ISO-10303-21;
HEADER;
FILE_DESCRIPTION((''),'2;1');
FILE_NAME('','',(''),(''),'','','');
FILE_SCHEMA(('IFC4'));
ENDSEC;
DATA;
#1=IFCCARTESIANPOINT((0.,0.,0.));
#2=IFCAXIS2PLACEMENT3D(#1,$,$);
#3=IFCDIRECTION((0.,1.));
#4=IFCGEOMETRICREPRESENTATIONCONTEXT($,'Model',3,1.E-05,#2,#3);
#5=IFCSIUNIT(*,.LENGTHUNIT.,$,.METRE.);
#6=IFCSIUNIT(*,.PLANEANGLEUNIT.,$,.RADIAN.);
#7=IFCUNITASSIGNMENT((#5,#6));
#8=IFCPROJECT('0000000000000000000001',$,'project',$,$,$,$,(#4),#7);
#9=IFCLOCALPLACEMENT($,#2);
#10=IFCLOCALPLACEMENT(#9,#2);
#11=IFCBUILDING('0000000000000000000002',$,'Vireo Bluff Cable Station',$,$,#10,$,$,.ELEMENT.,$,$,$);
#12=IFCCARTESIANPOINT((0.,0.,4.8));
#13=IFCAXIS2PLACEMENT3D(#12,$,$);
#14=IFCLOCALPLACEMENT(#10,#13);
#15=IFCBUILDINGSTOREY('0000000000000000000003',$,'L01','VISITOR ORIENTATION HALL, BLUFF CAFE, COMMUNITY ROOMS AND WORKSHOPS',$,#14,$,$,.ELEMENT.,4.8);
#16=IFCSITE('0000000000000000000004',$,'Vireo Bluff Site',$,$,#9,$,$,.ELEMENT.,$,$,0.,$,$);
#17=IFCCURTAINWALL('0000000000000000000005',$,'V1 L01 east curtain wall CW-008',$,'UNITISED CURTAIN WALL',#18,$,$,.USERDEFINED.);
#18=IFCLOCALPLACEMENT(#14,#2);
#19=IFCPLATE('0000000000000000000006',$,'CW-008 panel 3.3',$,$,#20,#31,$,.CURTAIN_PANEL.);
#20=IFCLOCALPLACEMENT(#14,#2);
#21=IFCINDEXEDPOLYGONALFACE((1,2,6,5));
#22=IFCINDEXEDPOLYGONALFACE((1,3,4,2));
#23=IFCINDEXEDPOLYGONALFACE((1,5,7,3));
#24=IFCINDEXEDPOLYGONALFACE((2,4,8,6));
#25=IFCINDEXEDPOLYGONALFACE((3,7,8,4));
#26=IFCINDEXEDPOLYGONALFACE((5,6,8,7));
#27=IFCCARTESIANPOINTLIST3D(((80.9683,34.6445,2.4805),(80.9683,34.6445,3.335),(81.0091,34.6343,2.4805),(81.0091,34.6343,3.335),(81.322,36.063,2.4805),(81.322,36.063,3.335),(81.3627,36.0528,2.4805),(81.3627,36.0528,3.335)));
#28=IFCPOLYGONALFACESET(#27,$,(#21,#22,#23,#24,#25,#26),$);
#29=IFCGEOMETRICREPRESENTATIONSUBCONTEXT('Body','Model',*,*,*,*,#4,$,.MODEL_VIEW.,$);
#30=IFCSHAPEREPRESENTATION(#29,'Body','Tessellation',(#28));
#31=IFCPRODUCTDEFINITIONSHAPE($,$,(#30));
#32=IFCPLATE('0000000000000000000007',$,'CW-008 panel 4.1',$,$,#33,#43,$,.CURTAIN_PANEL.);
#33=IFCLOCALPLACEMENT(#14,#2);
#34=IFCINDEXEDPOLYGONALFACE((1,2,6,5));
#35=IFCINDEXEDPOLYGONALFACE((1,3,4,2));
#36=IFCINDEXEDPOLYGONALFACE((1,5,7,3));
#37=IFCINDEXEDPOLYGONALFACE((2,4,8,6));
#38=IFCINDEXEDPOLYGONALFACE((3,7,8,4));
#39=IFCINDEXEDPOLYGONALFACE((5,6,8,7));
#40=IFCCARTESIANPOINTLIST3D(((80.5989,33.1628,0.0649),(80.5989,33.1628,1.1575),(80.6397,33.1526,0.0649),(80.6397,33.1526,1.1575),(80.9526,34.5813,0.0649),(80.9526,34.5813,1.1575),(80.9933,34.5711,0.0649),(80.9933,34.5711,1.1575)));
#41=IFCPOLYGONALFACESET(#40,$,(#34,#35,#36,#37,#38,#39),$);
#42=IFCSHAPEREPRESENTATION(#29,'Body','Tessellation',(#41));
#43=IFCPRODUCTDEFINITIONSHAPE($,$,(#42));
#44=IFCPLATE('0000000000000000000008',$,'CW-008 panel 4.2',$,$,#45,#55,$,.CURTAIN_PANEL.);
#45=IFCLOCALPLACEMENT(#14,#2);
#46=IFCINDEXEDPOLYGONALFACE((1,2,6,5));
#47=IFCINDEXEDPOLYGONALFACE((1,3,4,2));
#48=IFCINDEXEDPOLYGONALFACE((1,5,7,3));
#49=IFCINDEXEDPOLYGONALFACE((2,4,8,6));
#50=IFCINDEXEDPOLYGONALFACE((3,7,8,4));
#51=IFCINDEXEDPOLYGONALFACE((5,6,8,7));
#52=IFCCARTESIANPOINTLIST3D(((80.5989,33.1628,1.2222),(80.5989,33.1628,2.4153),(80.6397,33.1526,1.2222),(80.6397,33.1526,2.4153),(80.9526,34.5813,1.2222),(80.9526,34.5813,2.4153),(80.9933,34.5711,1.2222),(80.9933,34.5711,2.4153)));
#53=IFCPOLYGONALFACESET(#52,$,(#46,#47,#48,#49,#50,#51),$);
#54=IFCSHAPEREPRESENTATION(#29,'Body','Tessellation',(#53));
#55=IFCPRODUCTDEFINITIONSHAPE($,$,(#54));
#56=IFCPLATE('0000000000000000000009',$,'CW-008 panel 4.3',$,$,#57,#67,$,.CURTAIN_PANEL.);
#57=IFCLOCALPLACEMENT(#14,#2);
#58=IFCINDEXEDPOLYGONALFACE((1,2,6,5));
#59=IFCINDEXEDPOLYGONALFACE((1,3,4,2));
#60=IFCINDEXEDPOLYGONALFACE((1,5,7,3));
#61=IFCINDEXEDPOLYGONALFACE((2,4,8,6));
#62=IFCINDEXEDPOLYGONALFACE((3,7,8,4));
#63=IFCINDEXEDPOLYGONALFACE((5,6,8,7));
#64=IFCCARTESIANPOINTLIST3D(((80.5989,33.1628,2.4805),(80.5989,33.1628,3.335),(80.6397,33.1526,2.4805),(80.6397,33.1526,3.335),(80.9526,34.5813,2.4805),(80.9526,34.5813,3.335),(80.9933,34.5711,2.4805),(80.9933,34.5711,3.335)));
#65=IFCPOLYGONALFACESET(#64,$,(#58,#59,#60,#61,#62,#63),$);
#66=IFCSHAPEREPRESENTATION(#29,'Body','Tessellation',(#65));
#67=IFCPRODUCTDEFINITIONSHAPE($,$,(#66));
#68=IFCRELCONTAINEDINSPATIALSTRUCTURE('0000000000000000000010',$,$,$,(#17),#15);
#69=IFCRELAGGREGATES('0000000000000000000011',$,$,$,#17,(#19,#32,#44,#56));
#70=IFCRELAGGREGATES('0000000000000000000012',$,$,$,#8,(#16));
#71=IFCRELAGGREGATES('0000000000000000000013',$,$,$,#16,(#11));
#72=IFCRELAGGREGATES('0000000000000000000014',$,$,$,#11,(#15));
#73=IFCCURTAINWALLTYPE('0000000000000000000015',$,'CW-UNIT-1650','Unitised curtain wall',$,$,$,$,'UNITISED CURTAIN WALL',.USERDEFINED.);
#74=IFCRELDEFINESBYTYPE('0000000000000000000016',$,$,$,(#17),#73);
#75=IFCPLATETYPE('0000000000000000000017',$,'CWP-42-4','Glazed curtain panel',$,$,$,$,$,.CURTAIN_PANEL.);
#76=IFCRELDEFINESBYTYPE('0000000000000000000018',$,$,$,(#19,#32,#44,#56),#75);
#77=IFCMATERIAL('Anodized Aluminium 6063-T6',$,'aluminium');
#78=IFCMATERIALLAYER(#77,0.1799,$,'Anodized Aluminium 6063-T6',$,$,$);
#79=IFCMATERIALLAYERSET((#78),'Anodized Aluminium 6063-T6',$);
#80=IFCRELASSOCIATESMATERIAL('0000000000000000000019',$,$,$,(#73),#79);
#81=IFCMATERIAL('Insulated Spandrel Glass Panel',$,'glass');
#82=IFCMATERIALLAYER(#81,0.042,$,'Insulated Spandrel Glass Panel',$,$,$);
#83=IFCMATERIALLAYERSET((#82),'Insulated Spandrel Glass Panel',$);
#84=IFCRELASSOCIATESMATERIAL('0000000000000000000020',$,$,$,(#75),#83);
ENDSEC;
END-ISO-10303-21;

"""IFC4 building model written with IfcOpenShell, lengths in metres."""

from ifc_helpers import new_model, si_unit, direction, frame, origin, origin_2d, place, context, subcontext, project, spatial, rectangle, extrude, material, layer, layer_set, type_object, element, aggregate, save


model = new_model("IFC4")

# Units and contexts
model_context = context("Model", 3, precision=1e-05, world=origin(), true_north=direction((0.0, 1.0)))
body_context = subcontext(model_context, "Body", "Model", "MODEL_VIEW")
ifc_project = project(units=[si_unit("LENGTHUNIT", "METRE"), si_unit("PLANEANGLEUNIT", "RADIAN")], contexts=[model_context])

# Site, building, storey
site_placement = place(None, origin())
site = spatial("IfcSite", under=ifc_project, at=site_placement, Name="Vireo Bluff Site", CompositionType="ELEMENT", RefElevation=0.0)
building_placement = place(site_placement, origin())
building = spatial("IfcBuilding", under=site, at=building_placement, Name="Vireo Bluff Cable Station", CompositionType="ELEMENT")
storey_placement = place(building_placement, frame((0.0, 0.0, 4.8)))
storey = spatial("IfcBuildingStorey", under=building, at=storey_placement, Name="L01", Description="VISITOR ORIENTATION HALL, BLUFF CAFE, COMMUNITY ROOMS AND WORKSHOPS", CompositionType="ELEMENT", Elevation=4.8)

# Curtain wall
ifc_material_1 = material(Name="Anodized Aluminium 6063-T6", Category="aluminium")
ifc_layer_1 = layer(ifc_material_1, 0.1799, Name="Anodized Aluminium 6063-T6")
ifc_layer_set_1 = layer_set([ifc_layer_1], Name="Anodized Aluminium 6063-T6")
curtain_wall_type = type_object("IfcCurtainWallType", Name="CW-UNIT-1650", Description="Unitised curtain wall", ElementType="UNITISED CURTAIN WALL", PredefinedType="USERDEFINED", material=ifc_layer_set_1)
curtain_wall_placement = place(storey_placement, origin())
curtain_wall = element("IfcCurtainWall", 1, at=curtain_wall_placement, inside=storey, type_object=curtain_wall_type, Name="V1 L01 east curtain wall CW-008", ObjectType="UNITISED CURTAIN WALL", PredefinedType="USERDEFINED")

# Plates
ifc_material_2 = material(Name="Insulated Spandrel Glass Panel", Category="glass")
ifc_layer_2 = layer(ifc_material_2, 0.042, Name="Insulated Spandrel Glass Panel")
ifc_layer_set_2 = layer_set([ifc_layer_2], Name="Insulated Spandrel Glass Panel")
plate_type = type_object("IfcPlateType", Name="CWP-42-4", Description="Glazed curtain panel", PredefinedType="CURTAIN_PANEL", material=ifc_layer_set_2)
plate_1_placement = place(storey_placement, frame((81.1655, 35.3486, 2.4805), z_axis=(0.0, 0.0, 1.0), x_axis=(-0.241922, -0.970296, 0.0)))
plate_1 = element("IfcPlate", 2, at=plate_1_placement, type_object=plate_type, Name="CW-008 panel 3.3", PredefinedType="CURTAIN_PANEL", context=body_context, shape_type="SweptSolid", body=[
    extrude(rectangle(XDim=1.4619, YDim=0.042, at=origin_2d()), origin(), (0.0, 0.0, 1.0), 0.8545),
])
plate_2_placement = place(storey_placement, frame((80.7961, 33.8669, 0.0649), z_axis=(0.0, 0.0, 1.0), x_axis=(-0.241922, -0.970296, 0.0)))
plate_2 = element("IfcPlate", 3, at=plate_2_placement, type_object=plate_type, Name="CW-008 panel 4.1", PredefinedType="CURTAIN_PANEL", context=body_context, shape_type="SweptSolid", body=[
    extrude(rectangle(XDim=1.4619, YDim=0.042, at=origin_2d()), origin(), (0.0, 0.0, 1.0), 1.0925),
])
plate_3_placement = place(storey_placement, frame((80.7961, 33.8669, 1.2222), z_axis=(0.0, 0.0, 1.0), x_axis=(-0.241922, -0.970296, 0.0)))
plate_3 = element("IfcPlate", 4, at=plate_3_placement, type_object=plate_type, Name="CW-008 panel 4.2", PredefinedType="CURTAIN_PANEL", context=body_context, shape_type="SweptSolid", body=[
    extrude(rectangle(XDim=1.4619, YDim=0.042, at=origin_2d()), origin(), (0.0, 0.0, 1.0), 1.1931),
])
plate_4_placement = place(storey_placement, frame((80.7961, 33.8669, 2.4805), z_axis=(0.0, 0.0, 1.0), x_axis=(-0.241922, -0.970296, 0.0)))
plate_4 = element("IfcPlate", 5, at=plate_4_placement, type_object=plate_type, Name="CW-008 panel 4.3", PredefinedType="CURTAIN_PANEL", context=body_context, shape_type="SweptSolid", body=[
    extrude(rectangle(XDim=1.4619, YDim=0.042, at=origin_2d()), origin(), (0.0, 0.0, 1.0), 0.8545),
])
aggregate(curtain_wall, [plate_1, plate_2, plate_3, plate_4])

save(model, "model.ifc")
